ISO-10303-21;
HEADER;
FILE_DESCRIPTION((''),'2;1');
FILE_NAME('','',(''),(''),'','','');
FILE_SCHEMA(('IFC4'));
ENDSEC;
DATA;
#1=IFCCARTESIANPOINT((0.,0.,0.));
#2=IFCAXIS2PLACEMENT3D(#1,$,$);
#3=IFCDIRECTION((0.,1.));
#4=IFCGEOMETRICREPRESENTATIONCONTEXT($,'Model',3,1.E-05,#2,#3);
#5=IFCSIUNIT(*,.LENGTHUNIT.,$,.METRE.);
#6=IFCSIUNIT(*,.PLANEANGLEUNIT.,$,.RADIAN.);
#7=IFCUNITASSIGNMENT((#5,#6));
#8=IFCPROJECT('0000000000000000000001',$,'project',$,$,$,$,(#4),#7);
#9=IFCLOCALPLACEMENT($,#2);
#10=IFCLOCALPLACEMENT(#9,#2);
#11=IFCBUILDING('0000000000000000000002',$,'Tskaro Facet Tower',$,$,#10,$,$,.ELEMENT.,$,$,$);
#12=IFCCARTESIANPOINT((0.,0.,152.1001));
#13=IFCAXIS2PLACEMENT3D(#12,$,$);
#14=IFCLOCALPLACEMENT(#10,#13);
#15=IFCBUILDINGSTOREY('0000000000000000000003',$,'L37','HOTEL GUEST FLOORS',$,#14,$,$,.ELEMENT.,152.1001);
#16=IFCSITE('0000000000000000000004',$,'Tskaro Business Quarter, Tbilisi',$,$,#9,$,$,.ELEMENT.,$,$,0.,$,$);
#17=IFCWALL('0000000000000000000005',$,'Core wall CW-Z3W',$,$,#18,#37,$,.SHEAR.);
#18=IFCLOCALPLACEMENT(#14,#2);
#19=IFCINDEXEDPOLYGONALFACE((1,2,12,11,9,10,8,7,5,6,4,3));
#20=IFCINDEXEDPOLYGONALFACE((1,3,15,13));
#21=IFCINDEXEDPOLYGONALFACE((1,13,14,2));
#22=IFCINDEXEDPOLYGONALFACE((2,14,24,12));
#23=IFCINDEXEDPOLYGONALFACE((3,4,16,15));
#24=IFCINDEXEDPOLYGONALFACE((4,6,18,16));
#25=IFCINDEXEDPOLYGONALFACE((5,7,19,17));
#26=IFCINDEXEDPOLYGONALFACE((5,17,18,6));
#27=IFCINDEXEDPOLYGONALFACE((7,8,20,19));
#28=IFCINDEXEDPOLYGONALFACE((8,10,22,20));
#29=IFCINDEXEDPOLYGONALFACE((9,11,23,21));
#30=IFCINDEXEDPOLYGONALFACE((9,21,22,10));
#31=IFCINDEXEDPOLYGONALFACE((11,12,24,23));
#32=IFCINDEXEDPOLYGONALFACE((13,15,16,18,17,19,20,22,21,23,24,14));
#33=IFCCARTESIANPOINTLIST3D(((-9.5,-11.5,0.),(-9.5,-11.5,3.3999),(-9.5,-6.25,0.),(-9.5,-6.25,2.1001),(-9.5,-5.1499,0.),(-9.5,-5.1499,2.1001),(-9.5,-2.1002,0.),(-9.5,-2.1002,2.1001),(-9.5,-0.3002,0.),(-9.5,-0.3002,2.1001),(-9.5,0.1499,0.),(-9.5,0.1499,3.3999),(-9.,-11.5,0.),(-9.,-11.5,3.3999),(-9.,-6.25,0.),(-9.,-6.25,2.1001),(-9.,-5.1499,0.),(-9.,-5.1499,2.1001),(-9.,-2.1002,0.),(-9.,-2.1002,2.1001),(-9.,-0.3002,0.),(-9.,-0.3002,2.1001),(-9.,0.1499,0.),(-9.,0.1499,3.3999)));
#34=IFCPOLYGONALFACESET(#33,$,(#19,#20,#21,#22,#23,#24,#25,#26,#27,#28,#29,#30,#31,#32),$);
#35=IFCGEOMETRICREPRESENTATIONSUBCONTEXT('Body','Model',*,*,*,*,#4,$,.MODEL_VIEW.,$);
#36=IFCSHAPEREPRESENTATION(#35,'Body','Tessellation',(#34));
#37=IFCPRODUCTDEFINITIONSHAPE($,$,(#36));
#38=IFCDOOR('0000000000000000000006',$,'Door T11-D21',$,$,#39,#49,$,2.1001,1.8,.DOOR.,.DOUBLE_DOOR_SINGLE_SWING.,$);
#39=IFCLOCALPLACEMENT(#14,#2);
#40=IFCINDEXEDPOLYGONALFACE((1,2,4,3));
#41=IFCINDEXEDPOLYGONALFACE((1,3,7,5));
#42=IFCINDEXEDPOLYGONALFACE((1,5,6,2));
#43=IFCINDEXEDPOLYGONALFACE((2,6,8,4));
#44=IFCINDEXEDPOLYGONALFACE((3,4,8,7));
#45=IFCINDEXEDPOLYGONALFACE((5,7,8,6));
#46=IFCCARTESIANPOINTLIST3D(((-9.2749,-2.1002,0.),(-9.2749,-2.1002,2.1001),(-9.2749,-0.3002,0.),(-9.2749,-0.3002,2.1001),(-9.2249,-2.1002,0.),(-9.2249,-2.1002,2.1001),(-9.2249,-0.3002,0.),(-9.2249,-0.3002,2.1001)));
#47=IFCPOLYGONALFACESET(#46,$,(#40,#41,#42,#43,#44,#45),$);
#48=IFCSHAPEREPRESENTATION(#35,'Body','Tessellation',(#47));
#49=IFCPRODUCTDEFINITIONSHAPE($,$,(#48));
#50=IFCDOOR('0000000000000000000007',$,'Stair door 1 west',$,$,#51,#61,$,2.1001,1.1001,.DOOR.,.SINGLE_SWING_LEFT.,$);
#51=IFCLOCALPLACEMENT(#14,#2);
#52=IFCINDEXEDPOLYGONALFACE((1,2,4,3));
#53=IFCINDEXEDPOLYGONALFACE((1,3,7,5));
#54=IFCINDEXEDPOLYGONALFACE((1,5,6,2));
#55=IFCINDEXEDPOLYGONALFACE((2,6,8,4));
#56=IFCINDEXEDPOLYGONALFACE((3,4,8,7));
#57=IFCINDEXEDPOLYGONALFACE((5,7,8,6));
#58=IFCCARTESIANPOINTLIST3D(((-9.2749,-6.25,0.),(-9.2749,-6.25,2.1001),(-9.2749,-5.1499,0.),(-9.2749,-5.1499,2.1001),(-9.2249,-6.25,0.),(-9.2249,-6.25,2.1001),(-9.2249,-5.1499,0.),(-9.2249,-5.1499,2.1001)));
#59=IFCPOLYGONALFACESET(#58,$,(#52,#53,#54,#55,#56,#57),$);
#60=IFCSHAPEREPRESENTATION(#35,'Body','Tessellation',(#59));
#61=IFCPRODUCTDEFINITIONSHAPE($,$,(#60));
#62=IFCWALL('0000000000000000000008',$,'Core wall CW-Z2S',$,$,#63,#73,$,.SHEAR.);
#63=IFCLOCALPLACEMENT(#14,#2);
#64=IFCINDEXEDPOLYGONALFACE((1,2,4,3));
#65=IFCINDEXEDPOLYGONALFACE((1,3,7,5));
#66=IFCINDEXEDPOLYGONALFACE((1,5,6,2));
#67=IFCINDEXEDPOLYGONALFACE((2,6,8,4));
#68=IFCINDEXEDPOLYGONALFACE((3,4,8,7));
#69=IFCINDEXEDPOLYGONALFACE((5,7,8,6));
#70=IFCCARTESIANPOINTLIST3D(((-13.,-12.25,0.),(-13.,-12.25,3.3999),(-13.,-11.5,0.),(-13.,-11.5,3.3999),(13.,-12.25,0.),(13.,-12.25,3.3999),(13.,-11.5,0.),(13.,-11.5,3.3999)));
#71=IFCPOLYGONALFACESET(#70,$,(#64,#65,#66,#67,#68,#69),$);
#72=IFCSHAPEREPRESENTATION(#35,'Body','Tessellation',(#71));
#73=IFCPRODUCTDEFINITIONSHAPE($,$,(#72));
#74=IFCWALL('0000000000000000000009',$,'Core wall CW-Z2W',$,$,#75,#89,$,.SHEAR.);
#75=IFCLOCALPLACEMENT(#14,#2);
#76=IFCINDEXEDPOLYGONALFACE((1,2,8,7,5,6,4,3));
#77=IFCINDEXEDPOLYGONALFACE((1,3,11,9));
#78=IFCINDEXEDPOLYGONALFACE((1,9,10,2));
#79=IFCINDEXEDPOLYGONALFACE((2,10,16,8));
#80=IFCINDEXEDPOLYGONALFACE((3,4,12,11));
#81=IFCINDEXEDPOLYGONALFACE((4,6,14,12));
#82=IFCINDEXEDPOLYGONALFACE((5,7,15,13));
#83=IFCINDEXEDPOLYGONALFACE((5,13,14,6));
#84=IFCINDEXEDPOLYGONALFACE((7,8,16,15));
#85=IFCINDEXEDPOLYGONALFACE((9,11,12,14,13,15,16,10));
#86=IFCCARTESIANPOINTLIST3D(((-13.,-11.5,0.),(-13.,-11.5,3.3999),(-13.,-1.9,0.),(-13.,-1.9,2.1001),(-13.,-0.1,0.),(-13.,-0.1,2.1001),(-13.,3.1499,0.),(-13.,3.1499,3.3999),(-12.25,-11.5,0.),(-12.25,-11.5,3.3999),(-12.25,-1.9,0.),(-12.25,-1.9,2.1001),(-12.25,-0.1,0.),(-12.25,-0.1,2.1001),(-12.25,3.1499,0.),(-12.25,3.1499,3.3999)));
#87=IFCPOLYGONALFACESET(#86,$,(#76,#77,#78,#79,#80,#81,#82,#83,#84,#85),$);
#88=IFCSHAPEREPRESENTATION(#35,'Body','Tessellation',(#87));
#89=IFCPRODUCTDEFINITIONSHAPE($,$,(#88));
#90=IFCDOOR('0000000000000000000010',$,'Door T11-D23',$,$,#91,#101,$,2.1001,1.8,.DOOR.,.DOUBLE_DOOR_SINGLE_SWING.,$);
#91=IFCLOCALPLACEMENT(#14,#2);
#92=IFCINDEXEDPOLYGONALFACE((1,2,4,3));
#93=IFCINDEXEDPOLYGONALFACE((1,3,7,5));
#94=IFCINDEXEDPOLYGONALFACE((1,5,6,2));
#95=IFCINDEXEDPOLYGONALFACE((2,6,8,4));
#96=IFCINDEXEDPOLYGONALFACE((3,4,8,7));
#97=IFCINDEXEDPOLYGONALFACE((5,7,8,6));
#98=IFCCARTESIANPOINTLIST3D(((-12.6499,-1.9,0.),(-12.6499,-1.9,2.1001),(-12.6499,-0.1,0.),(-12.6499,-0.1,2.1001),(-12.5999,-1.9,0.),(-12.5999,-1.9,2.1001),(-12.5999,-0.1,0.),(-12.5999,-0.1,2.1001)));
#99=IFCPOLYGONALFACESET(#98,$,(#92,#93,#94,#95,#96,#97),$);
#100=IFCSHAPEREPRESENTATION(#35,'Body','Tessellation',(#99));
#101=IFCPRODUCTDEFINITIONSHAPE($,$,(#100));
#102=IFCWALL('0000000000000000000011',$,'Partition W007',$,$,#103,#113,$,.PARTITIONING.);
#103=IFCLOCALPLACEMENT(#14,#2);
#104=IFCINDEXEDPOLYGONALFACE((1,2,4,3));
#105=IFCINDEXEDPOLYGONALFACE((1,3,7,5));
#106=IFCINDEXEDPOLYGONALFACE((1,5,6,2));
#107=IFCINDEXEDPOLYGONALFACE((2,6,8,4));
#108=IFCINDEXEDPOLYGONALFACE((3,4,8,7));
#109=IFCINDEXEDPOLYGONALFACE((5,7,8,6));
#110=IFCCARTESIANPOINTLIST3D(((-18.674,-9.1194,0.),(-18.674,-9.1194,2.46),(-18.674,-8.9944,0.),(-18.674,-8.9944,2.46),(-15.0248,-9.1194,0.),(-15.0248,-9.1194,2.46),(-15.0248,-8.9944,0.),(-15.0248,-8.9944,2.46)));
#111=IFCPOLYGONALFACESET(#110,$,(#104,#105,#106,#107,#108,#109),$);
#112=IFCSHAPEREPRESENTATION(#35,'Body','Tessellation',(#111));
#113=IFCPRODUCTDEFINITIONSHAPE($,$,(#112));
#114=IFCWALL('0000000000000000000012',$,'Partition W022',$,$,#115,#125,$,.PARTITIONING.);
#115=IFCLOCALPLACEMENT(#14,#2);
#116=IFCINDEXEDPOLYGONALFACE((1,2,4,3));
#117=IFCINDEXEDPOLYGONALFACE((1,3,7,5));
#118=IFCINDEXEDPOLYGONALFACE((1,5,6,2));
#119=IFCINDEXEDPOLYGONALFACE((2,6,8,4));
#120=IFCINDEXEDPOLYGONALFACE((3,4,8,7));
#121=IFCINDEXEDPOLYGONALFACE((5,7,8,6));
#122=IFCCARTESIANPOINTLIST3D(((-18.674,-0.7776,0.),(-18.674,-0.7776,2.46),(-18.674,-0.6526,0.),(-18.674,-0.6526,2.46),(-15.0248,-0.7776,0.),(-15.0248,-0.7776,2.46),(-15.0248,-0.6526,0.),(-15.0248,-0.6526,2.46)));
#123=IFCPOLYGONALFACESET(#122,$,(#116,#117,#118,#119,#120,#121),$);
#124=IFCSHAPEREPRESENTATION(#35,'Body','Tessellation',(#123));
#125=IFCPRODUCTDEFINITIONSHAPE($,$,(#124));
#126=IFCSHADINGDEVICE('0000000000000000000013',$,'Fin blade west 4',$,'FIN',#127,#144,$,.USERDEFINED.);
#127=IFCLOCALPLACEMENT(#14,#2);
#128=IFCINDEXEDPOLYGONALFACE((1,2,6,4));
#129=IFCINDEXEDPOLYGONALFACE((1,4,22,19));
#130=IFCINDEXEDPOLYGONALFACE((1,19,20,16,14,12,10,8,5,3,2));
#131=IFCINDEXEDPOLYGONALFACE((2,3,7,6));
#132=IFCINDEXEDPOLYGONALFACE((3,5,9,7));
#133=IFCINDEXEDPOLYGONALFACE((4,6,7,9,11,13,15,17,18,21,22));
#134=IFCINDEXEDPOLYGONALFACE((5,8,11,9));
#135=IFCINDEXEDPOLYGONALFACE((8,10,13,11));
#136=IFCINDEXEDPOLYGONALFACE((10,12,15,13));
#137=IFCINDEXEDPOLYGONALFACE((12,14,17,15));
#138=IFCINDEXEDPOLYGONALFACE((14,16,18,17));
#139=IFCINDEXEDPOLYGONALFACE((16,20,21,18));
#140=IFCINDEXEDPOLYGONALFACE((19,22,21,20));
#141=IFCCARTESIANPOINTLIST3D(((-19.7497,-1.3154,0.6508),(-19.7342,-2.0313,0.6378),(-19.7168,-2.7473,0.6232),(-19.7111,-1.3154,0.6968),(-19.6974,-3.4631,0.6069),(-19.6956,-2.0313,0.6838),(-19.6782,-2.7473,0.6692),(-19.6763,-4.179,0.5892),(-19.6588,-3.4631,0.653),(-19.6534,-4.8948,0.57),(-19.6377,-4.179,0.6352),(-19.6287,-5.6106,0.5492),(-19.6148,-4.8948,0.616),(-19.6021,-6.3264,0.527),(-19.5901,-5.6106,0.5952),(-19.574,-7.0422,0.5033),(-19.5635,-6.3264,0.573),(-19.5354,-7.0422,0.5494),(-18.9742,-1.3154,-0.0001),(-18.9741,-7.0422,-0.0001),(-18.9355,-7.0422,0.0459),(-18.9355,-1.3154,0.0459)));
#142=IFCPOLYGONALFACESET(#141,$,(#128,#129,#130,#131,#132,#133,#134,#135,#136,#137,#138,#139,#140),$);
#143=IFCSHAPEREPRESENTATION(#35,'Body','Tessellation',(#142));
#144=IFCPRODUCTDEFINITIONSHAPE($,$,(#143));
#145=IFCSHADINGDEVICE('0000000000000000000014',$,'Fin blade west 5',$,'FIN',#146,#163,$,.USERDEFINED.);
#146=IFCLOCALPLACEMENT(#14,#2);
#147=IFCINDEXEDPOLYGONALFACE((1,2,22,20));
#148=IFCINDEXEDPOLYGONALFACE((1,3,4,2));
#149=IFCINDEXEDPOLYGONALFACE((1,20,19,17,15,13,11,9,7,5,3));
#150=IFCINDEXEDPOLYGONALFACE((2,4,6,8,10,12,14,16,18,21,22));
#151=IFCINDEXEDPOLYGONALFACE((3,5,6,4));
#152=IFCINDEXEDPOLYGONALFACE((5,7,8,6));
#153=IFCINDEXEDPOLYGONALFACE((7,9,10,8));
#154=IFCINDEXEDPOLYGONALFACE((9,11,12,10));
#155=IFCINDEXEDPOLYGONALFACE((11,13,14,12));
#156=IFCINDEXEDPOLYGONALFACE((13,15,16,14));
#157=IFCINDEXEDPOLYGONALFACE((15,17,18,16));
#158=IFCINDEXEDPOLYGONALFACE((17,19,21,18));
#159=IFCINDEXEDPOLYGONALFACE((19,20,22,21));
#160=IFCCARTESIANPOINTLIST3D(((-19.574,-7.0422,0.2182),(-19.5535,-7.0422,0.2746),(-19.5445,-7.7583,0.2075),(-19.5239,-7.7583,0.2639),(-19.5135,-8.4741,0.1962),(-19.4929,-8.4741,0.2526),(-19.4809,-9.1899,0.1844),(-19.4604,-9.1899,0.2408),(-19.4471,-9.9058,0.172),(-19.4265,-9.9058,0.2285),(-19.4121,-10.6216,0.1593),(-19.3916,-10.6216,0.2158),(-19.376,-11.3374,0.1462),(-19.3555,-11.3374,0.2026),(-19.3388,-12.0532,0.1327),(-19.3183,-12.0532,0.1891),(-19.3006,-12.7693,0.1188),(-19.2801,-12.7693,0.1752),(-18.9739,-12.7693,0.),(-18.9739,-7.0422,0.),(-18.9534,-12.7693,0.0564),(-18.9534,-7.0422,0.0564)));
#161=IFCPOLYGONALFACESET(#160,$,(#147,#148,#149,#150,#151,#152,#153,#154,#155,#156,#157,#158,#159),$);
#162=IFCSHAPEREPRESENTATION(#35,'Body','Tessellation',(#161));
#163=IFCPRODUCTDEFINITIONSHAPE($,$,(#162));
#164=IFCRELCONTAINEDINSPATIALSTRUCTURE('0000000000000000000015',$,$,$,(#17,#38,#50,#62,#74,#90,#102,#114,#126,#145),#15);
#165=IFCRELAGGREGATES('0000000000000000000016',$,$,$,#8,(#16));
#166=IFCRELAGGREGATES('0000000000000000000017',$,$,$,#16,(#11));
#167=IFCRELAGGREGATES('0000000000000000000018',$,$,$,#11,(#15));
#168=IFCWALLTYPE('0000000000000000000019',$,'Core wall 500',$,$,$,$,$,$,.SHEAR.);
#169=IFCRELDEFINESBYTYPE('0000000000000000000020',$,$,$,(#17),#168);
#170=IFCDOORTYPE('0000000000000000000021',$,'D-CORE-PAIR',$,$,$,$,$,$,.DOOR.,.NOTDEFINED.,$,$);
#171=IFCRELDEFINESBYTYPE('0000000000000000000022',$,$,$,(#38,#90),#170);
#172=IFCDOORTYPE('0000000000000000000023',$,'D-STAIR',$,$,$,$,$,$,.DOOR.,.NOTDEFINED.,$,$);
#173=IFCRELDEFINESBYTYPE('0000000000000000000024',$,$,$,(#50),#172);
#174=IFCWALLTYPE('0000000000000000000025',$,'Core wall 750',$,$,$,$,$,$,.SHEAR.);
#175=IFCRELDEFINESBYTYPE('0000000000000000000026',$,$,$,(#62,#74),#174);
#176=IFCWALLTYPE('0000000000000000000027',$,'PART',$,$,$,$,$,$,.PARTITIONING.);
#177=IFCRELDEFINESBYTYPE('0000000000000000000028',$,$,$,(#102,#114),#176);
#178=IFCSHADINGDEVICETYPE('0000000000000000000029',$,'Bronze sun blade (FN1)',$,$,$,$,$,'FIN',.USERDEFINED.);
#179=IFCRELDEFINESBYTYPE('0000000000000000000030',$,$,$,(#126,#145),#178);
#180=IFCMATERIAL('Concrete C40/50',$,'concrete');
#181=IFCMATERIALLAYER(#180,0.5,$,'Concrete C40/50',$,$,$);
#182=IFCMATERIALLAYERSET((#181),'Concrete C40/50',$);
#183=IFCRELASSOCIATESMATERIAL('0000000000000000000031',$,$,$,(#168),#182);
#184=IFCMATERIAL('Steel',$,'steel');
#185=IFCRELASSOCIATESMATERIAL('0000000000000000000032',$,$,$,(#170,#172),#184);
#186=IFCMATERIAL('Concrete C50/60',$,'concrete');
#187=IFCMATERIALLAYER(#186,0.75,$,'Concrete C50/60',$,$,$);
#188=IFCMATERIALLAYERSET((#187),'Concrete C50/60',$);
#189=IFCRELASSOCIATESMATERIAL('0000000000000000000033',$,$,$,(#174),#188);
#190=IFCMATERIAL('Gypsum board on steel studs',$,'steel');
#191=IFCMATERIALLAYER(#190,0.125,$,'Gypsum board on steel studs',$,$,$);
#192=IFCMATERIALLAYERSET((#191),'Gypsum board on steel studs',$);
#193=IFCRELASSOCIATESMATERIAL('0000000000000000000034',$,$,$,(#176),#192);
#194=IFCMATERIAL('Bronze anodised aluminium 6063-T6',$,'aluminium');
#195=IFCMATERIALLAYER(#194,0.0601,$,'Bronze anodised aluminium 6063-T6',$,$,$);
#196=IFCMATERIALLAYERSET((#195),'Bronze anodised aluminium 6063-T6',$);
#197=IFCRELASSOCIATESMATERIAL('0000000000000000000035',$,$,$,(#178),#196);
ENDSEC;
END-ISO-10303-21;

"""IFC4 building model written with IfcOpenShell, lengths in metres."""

from ifc_helpers import new_model, si_unit, direction, frame, frame_2d, origin, place, context, subcontext, project, spatial, polyline, rectangle, outline, extrude, material, layer, layer_set, type_object, element, fill, save


model = new_model("IFC4")

# Units and contexts
model_context = context("Model", 3, precision=1e-05, world=origin(), true_north=direction((0.0, 1.0)))
body_context = subcontext(model_context, "Body", "Model", "MODEL_VIEW")
ifc_project = project(units=[si_unit("LENGTHUNIT", "METRE"), si_unit("PLANEANGLEUNIT", "RADIAN")], contexts=[model_context])

# Site, building, storey
site_placement = place(None, origin())
site = spatial("IfcSite", under=ifc_project, at=site_placement, Name="Tskaro Business Quarter, Tbilisi", CompositionType="ELEMENT", RefElevation=0.0)
building_placement = place(site_placement, origin())
building = spatial("IfcBuilding", under=site, at=building_placement, Name="Tskaro Facet Tower", CompositionType="ELEMENT")
storey_placement = place(building_placement, frame((0.0, 0.0, 152.1001)))
storey = spatial("IfcBuildingStorey", under=building, at=storey_placement, Name="L37", Description="HOTEL GUEST FLOORS", CompositionType="ELEMENT", Elevation=152.1001)

# Shared definitions
ifc_material_1 = material(Name="Bronze anodised aluminium 6063-T6", Category="aluminium")

# Wall, openings, doors
ifc_material_2 = material(Name="Concrete C40/50", Category="concrete")
ifc_layer_1 = layer(ifc_material_2, 0.5, Name="Concrete C40/50")
ifc_layer_set_1 = layer_set([ifc_layer_1], Name="Concrete C40/50")
wall_type_1 = type_object("IfcWallType", Name="Core wall 500", PredefinedType="SHEAR", material=ifc_layer_set_1)
wall_1_placement = place(storey_placement, frame((-9.25, -11.5, 0.0), z_axis=(0.0, 0.0, 1.0), x_axis=(0.0, 1.0, 0.0)))
wall_1 = element("IfcWall", 1, at=wall_1_placement, inside=storey, type_object=wall_type_1, Name="Core wall CW-Z3W", PredefinedType="SHEAR", context=body_context, shape_type="SweptSolid", body=[
    extrude(rectangle(XDim=11.6499, YDim=0.5, at=frame_2d((5.825, 0.0))), origin(), (0.0, 0.0, 1.0), 3.3999),
])
opening_1_placement = place(wall_1_placement, frame((9.3999, 0.0, 0.0)))
opening_1 = element("IfcOpeningElement", 2, at=opening_1_placement, cuts=wall_1, PredefinedType="OPENING", context=body_context, shape_type="SweptSolid", body=[
    extrude(rectangle(XDim=1.8, YDim=2.1001, at=frame_2d((0.8999, 1.05))), frame((0.0, 0.26, 0.0), z_axis=(0.0, -1.0, 0.0), x_axis=(1.0, 0.0, 0.0)), (0.0, 0.0, 1.0), 0.52),
])
opening_2_placement = place(wall_1_placement, frame((5.25, 0.0, 0.0)))
opening_2 = element("IfcOpeningElement", 3, at=opening_2_placement, cuts=wall_1, PredefinedType="OPENING", context=body_context, shape_type="SweptSolid", body=[
    extrude(rectangle(XDim=1.1001, YDim=2.1001, at=frame_2d((0.55, 1.05))), frame((0.0, 0.26, 0.0), z_axis=(0.0, -1.0, 0.0), x_axis=(1.0, 0.0, 0.0)), (0.0, 0.0, 1.0), 0.52),
])
ifc_material_3 = material(Name="Steel", Category="steel")
door_type_1 = type_object("IfcDoorType", Name="D-CORE-PAIR", OperationType="NOTDEFINED", PredefinedType="DOOR", material=ifc_material_3)
door_1_placement = place(opening_1_placement, origin())
door_1 = element("IfcDoor", 4, at=door_1_placement, inside=storey, type_object=door_type_1, Name="Door T11-D21", OperationType="DOUBLE_DOOR_SINGLE_SWING", OverallHeight=2.1001, OverallWidth=1.8, PredefinedType="DOOR", context=body_context, shape_type="SweptSolid", body=[
    extrude(rectangle(XDim=1.8, YDim=2.1001, at=frame_2d((0.8999, 1.05))), frame((0.0, 0.0249, 0.0), z_axis=(0.0, -1.0, 0.0), x_axis=(1.0, 0.0, 0.0)), (0.0, 0.0, 1.0), 0.05),
])
fill(opening_1, door_1)
door_type_2 = type_object("IfcDoorType", Name="D-STAIR", OperationType="NOTDEFINED", PredefinedType="DOOR", material=ifc_material_3)
door_2_placement = place(opening_2_placement, origin())
door_2 = element("IfcDoor", 5, at=door_2_placement, inside=storey, type_object=door_type_2, Name="Stair door 1 west", OperationType="SINGLE_SWING_LEFT", OverallHeight=2.1001, OverallWidth=1.1001, PredefinedType="DOOR", context=body_context, shape_type="SweptSolid", body=[
    extrude(rectangle(XDim=1.1001, YDim=2.1001, at=frame_2d((0.55, 1.05))), frame((0.0, 0.0249, 0.0), z_axis=(0.0, -1.0, 0.0), x_axis=(1.0, 0.0, 0.0)), (0.0, 0.0, 1.0), 0.05),
])
fill(opening_2, door_2)

# Wall
ifc_material_4 = material(Name="Concrete C50/60", Category="concrete")
ifc_layer_2 = layer(ifc_material_4, 0.75, Name="Concrete C50/60")
ifc_layer_set_2 = layer_set([ifc_layer_2], Name="Concrete C50/60")
wall_type_2 = type_object("IfcWallType", Name="Core wall 750", PredefinedType="SHEAR", material=ifc_layer_set_2)
wall_2_placement = place(storey_placement, frame((-13.0, -11.875, 0.0), z_axis=(0.0, 0.0, 1.0), x_axis=(1.0, 0.0, 0.0)))
element("IfcWall", 6, at=wall_2_placement, inside=storey, type_object=wall_type_2, Name="Core wall CW-Z2S", PredefinedType="SHEAR", context=body_context, shape_type="SweptSolid", body=[
    extrude(rectangle(XDim=26.0, YDim=0.75, at=frame_2d((13.0, 0.0))), origin(), (0.0, 0.0, 1.0), 3.3999),
])

# Wall, opening, door
wall_3_placement = place(storey_placement, frame((-12.625, -11.5, 0.0), z_axis=(0.0, 0.0, 1.0), x_axis=(0.0, 1.0, 0.0)))
wall_3 = element("IfcWall", 7, at=wall_3_placement, inside=storey, type_object=wall_type_2, Name="Core wall CW-Z2W", PredefinedType="SHEAR", context=body_context, shape_type="SweptSolid", body=[
    extrude(rectangle(XDim=14.6499, YDim=0.75, at=frame_2d((7.325, 0.0))), origin(), (0.0, 0.0, 1.0), 3.3999),
])
opening_3_placement = place(wall_3_placement, frame((9.6001, 0.0, 0.0)))
opening_3 = element("IfcOpeningElement", 8, at=opening_3_placement, cuts=wall_3, PredefinedType="OPENING", context=body_context, shape_type="SweptSolid", body=[
    extrude(rectangle(XDim=1.8, YDim=2.1001, at=frame_2d((0.8999, 1.05))), frame((0.0, 0.385, 0.0), z_axis=(0.0, -1.0, 0.0), x_axis=(1.0, 0.0, 0.0)), (0.0, 0.0, 1.0), 0.77),
])
door_3_placement = place(opening_3_placement, origin())
door_3 = element("IfcDoor", 9, at=door_3_placement, inside=storey, type_object=door_type_1, Name="Door T11-D23", OperationType="DOUBLE_DOOR_SINGLE_SWING", OverallHeight=2.1001, OverallWidth=1.8, PredefinedType="DOOR", context=body_context, shape_type="SweptSolid", body=[
    extrude(rectangle(XDim=1.8, YDim=2.1001, at=frame_2d((0.8999, 1.05))), frame((0.0, 0.0249, 0.0), z_axis=(0.0, -1.0, 0.0), x_axis=(1.0, 0.0, 0.0)), (0.0, 0.0, 1.0), 0.05),
])
fill(opening_3, door_3)

# Walls
ifc_material_5 = material(Name="Gypsum board on steel studs", Category="steel")
ifc_layer_3 = layer(ifc_material_5, 0.125, Name="Gypsum board on steel studs")
ifc_layer_set_3 = layer_set([ifc_layer_3], Name="Gypsum board on steel studs")
wall_type_3 = type_object("IfcWallType", Name="PART", PredefinedType="PARTITIONING", material=ifc_layer_set_3)
for number, where, z_axis, x_axis, name in (
    (10, (-18.6741, -9.0569, 0.0), (0.0, 0.0, 1.0), (1.0, 0.0, 0.0), "Partition W007"),
    (11, (-18.6741, -0.7151, 0.0), (0.0, 0.0, 1.0), (1.0, 0.0, 0.0), "Partition W022"),
):
    element("IfcWall", number, at=place(storey_placement, frame(where, z_axis=z_axis, x_axis=x_axis)), inside=storey, type_object=wall_type_3, Name=name, PredefinedType="PARTITIONING", context=body_context, shape_type="SweptSolid", body=[
        extrude(rectangle(XDim=3.6492, YDim=0.125, at=frame_2d((1.8247, 0.0))), origin(), (0.0, 0.0, 1.0), 2.46),
    ])

# Shading devices
ifc_layer_4 = layer(ifc_material_1, 0.0601, Name="Bronze anodised aluminium 6063-T6")
ifc_layer_set_4 = layer_set([ifc_layer_4], Name="Bronze anodised aluminium 6063-T6")
shading_device_type = type_object("IfcShadingDeviceType", Name="Bronze sun blade (FN1)", ElementType="FIN", PredefinedType="USERDEFINED", material=ifc_layer_set_4)
shading_device_1_placement = place(storey_placement, frame((-18.9355, -1.3154, 0.0459), z_axis=(0.642865, 0.000006, 0.76598), x_axis=(0.000004, -1.0, 0.000004)))
element("IfcShadingDevice", 12, at=shading_device_1_placement, inside=storey, type_object=shading_device_type, Name="Fin blade west 4", ObjectType="FIN", PredefinedType="USERDEFINED", context=body_context, shape_type="SweptSolid", body=[
    extrude(outline(polyline([(0.0, 0.0), (5.7268, 0.0), (5.7268, -0.7831), (5.011, -0.8198), (4.2952, -0.8545), (3.5793, -0.8867), (2.8635, -0.9167), (2.1477, -0.9443), (1.4319, -0.9696), (0.7158, -0.9923), (0.0, -1.0125), (0.0, 0.0)])), origin(), (0.0, 0.0, -1.0), 0.0601),
])
shading_device_2_placement = place(storey_placement, frame((-18.9534, -7.0422, 0.0564), z_axis=(0.341775, 0.000003, 0.939782), x_axis=(0.000001, -1.0, 0.000003)))
element("IfcShadingDevice", 13, at=shading_device_2_placement, inside=storey, type_object=shading_device_type, Name="Fin blade west 5", ObjectType="FIN", PredefinedType="USERDEFINED", context=body_context, shape_type="SweptSolid", body=[
    extrude(outline(polyline([(0.0, 0.0), (5.7271, 0.0), (5.7271, -0.3476), (5.011, -0.3883), (4.2952, -0.4279), (3.5793, -0.4663), (2.8635, -0.5035), (2.1477, -0.5395), (1.4319, -0.5741), (0.7161, -0.6071), (0.0, -0.6386), (0.0, 0.0)])), origin(), (0.0, 0.0, -1.0), 0.0601),
])

save(model, "model.ifc")
